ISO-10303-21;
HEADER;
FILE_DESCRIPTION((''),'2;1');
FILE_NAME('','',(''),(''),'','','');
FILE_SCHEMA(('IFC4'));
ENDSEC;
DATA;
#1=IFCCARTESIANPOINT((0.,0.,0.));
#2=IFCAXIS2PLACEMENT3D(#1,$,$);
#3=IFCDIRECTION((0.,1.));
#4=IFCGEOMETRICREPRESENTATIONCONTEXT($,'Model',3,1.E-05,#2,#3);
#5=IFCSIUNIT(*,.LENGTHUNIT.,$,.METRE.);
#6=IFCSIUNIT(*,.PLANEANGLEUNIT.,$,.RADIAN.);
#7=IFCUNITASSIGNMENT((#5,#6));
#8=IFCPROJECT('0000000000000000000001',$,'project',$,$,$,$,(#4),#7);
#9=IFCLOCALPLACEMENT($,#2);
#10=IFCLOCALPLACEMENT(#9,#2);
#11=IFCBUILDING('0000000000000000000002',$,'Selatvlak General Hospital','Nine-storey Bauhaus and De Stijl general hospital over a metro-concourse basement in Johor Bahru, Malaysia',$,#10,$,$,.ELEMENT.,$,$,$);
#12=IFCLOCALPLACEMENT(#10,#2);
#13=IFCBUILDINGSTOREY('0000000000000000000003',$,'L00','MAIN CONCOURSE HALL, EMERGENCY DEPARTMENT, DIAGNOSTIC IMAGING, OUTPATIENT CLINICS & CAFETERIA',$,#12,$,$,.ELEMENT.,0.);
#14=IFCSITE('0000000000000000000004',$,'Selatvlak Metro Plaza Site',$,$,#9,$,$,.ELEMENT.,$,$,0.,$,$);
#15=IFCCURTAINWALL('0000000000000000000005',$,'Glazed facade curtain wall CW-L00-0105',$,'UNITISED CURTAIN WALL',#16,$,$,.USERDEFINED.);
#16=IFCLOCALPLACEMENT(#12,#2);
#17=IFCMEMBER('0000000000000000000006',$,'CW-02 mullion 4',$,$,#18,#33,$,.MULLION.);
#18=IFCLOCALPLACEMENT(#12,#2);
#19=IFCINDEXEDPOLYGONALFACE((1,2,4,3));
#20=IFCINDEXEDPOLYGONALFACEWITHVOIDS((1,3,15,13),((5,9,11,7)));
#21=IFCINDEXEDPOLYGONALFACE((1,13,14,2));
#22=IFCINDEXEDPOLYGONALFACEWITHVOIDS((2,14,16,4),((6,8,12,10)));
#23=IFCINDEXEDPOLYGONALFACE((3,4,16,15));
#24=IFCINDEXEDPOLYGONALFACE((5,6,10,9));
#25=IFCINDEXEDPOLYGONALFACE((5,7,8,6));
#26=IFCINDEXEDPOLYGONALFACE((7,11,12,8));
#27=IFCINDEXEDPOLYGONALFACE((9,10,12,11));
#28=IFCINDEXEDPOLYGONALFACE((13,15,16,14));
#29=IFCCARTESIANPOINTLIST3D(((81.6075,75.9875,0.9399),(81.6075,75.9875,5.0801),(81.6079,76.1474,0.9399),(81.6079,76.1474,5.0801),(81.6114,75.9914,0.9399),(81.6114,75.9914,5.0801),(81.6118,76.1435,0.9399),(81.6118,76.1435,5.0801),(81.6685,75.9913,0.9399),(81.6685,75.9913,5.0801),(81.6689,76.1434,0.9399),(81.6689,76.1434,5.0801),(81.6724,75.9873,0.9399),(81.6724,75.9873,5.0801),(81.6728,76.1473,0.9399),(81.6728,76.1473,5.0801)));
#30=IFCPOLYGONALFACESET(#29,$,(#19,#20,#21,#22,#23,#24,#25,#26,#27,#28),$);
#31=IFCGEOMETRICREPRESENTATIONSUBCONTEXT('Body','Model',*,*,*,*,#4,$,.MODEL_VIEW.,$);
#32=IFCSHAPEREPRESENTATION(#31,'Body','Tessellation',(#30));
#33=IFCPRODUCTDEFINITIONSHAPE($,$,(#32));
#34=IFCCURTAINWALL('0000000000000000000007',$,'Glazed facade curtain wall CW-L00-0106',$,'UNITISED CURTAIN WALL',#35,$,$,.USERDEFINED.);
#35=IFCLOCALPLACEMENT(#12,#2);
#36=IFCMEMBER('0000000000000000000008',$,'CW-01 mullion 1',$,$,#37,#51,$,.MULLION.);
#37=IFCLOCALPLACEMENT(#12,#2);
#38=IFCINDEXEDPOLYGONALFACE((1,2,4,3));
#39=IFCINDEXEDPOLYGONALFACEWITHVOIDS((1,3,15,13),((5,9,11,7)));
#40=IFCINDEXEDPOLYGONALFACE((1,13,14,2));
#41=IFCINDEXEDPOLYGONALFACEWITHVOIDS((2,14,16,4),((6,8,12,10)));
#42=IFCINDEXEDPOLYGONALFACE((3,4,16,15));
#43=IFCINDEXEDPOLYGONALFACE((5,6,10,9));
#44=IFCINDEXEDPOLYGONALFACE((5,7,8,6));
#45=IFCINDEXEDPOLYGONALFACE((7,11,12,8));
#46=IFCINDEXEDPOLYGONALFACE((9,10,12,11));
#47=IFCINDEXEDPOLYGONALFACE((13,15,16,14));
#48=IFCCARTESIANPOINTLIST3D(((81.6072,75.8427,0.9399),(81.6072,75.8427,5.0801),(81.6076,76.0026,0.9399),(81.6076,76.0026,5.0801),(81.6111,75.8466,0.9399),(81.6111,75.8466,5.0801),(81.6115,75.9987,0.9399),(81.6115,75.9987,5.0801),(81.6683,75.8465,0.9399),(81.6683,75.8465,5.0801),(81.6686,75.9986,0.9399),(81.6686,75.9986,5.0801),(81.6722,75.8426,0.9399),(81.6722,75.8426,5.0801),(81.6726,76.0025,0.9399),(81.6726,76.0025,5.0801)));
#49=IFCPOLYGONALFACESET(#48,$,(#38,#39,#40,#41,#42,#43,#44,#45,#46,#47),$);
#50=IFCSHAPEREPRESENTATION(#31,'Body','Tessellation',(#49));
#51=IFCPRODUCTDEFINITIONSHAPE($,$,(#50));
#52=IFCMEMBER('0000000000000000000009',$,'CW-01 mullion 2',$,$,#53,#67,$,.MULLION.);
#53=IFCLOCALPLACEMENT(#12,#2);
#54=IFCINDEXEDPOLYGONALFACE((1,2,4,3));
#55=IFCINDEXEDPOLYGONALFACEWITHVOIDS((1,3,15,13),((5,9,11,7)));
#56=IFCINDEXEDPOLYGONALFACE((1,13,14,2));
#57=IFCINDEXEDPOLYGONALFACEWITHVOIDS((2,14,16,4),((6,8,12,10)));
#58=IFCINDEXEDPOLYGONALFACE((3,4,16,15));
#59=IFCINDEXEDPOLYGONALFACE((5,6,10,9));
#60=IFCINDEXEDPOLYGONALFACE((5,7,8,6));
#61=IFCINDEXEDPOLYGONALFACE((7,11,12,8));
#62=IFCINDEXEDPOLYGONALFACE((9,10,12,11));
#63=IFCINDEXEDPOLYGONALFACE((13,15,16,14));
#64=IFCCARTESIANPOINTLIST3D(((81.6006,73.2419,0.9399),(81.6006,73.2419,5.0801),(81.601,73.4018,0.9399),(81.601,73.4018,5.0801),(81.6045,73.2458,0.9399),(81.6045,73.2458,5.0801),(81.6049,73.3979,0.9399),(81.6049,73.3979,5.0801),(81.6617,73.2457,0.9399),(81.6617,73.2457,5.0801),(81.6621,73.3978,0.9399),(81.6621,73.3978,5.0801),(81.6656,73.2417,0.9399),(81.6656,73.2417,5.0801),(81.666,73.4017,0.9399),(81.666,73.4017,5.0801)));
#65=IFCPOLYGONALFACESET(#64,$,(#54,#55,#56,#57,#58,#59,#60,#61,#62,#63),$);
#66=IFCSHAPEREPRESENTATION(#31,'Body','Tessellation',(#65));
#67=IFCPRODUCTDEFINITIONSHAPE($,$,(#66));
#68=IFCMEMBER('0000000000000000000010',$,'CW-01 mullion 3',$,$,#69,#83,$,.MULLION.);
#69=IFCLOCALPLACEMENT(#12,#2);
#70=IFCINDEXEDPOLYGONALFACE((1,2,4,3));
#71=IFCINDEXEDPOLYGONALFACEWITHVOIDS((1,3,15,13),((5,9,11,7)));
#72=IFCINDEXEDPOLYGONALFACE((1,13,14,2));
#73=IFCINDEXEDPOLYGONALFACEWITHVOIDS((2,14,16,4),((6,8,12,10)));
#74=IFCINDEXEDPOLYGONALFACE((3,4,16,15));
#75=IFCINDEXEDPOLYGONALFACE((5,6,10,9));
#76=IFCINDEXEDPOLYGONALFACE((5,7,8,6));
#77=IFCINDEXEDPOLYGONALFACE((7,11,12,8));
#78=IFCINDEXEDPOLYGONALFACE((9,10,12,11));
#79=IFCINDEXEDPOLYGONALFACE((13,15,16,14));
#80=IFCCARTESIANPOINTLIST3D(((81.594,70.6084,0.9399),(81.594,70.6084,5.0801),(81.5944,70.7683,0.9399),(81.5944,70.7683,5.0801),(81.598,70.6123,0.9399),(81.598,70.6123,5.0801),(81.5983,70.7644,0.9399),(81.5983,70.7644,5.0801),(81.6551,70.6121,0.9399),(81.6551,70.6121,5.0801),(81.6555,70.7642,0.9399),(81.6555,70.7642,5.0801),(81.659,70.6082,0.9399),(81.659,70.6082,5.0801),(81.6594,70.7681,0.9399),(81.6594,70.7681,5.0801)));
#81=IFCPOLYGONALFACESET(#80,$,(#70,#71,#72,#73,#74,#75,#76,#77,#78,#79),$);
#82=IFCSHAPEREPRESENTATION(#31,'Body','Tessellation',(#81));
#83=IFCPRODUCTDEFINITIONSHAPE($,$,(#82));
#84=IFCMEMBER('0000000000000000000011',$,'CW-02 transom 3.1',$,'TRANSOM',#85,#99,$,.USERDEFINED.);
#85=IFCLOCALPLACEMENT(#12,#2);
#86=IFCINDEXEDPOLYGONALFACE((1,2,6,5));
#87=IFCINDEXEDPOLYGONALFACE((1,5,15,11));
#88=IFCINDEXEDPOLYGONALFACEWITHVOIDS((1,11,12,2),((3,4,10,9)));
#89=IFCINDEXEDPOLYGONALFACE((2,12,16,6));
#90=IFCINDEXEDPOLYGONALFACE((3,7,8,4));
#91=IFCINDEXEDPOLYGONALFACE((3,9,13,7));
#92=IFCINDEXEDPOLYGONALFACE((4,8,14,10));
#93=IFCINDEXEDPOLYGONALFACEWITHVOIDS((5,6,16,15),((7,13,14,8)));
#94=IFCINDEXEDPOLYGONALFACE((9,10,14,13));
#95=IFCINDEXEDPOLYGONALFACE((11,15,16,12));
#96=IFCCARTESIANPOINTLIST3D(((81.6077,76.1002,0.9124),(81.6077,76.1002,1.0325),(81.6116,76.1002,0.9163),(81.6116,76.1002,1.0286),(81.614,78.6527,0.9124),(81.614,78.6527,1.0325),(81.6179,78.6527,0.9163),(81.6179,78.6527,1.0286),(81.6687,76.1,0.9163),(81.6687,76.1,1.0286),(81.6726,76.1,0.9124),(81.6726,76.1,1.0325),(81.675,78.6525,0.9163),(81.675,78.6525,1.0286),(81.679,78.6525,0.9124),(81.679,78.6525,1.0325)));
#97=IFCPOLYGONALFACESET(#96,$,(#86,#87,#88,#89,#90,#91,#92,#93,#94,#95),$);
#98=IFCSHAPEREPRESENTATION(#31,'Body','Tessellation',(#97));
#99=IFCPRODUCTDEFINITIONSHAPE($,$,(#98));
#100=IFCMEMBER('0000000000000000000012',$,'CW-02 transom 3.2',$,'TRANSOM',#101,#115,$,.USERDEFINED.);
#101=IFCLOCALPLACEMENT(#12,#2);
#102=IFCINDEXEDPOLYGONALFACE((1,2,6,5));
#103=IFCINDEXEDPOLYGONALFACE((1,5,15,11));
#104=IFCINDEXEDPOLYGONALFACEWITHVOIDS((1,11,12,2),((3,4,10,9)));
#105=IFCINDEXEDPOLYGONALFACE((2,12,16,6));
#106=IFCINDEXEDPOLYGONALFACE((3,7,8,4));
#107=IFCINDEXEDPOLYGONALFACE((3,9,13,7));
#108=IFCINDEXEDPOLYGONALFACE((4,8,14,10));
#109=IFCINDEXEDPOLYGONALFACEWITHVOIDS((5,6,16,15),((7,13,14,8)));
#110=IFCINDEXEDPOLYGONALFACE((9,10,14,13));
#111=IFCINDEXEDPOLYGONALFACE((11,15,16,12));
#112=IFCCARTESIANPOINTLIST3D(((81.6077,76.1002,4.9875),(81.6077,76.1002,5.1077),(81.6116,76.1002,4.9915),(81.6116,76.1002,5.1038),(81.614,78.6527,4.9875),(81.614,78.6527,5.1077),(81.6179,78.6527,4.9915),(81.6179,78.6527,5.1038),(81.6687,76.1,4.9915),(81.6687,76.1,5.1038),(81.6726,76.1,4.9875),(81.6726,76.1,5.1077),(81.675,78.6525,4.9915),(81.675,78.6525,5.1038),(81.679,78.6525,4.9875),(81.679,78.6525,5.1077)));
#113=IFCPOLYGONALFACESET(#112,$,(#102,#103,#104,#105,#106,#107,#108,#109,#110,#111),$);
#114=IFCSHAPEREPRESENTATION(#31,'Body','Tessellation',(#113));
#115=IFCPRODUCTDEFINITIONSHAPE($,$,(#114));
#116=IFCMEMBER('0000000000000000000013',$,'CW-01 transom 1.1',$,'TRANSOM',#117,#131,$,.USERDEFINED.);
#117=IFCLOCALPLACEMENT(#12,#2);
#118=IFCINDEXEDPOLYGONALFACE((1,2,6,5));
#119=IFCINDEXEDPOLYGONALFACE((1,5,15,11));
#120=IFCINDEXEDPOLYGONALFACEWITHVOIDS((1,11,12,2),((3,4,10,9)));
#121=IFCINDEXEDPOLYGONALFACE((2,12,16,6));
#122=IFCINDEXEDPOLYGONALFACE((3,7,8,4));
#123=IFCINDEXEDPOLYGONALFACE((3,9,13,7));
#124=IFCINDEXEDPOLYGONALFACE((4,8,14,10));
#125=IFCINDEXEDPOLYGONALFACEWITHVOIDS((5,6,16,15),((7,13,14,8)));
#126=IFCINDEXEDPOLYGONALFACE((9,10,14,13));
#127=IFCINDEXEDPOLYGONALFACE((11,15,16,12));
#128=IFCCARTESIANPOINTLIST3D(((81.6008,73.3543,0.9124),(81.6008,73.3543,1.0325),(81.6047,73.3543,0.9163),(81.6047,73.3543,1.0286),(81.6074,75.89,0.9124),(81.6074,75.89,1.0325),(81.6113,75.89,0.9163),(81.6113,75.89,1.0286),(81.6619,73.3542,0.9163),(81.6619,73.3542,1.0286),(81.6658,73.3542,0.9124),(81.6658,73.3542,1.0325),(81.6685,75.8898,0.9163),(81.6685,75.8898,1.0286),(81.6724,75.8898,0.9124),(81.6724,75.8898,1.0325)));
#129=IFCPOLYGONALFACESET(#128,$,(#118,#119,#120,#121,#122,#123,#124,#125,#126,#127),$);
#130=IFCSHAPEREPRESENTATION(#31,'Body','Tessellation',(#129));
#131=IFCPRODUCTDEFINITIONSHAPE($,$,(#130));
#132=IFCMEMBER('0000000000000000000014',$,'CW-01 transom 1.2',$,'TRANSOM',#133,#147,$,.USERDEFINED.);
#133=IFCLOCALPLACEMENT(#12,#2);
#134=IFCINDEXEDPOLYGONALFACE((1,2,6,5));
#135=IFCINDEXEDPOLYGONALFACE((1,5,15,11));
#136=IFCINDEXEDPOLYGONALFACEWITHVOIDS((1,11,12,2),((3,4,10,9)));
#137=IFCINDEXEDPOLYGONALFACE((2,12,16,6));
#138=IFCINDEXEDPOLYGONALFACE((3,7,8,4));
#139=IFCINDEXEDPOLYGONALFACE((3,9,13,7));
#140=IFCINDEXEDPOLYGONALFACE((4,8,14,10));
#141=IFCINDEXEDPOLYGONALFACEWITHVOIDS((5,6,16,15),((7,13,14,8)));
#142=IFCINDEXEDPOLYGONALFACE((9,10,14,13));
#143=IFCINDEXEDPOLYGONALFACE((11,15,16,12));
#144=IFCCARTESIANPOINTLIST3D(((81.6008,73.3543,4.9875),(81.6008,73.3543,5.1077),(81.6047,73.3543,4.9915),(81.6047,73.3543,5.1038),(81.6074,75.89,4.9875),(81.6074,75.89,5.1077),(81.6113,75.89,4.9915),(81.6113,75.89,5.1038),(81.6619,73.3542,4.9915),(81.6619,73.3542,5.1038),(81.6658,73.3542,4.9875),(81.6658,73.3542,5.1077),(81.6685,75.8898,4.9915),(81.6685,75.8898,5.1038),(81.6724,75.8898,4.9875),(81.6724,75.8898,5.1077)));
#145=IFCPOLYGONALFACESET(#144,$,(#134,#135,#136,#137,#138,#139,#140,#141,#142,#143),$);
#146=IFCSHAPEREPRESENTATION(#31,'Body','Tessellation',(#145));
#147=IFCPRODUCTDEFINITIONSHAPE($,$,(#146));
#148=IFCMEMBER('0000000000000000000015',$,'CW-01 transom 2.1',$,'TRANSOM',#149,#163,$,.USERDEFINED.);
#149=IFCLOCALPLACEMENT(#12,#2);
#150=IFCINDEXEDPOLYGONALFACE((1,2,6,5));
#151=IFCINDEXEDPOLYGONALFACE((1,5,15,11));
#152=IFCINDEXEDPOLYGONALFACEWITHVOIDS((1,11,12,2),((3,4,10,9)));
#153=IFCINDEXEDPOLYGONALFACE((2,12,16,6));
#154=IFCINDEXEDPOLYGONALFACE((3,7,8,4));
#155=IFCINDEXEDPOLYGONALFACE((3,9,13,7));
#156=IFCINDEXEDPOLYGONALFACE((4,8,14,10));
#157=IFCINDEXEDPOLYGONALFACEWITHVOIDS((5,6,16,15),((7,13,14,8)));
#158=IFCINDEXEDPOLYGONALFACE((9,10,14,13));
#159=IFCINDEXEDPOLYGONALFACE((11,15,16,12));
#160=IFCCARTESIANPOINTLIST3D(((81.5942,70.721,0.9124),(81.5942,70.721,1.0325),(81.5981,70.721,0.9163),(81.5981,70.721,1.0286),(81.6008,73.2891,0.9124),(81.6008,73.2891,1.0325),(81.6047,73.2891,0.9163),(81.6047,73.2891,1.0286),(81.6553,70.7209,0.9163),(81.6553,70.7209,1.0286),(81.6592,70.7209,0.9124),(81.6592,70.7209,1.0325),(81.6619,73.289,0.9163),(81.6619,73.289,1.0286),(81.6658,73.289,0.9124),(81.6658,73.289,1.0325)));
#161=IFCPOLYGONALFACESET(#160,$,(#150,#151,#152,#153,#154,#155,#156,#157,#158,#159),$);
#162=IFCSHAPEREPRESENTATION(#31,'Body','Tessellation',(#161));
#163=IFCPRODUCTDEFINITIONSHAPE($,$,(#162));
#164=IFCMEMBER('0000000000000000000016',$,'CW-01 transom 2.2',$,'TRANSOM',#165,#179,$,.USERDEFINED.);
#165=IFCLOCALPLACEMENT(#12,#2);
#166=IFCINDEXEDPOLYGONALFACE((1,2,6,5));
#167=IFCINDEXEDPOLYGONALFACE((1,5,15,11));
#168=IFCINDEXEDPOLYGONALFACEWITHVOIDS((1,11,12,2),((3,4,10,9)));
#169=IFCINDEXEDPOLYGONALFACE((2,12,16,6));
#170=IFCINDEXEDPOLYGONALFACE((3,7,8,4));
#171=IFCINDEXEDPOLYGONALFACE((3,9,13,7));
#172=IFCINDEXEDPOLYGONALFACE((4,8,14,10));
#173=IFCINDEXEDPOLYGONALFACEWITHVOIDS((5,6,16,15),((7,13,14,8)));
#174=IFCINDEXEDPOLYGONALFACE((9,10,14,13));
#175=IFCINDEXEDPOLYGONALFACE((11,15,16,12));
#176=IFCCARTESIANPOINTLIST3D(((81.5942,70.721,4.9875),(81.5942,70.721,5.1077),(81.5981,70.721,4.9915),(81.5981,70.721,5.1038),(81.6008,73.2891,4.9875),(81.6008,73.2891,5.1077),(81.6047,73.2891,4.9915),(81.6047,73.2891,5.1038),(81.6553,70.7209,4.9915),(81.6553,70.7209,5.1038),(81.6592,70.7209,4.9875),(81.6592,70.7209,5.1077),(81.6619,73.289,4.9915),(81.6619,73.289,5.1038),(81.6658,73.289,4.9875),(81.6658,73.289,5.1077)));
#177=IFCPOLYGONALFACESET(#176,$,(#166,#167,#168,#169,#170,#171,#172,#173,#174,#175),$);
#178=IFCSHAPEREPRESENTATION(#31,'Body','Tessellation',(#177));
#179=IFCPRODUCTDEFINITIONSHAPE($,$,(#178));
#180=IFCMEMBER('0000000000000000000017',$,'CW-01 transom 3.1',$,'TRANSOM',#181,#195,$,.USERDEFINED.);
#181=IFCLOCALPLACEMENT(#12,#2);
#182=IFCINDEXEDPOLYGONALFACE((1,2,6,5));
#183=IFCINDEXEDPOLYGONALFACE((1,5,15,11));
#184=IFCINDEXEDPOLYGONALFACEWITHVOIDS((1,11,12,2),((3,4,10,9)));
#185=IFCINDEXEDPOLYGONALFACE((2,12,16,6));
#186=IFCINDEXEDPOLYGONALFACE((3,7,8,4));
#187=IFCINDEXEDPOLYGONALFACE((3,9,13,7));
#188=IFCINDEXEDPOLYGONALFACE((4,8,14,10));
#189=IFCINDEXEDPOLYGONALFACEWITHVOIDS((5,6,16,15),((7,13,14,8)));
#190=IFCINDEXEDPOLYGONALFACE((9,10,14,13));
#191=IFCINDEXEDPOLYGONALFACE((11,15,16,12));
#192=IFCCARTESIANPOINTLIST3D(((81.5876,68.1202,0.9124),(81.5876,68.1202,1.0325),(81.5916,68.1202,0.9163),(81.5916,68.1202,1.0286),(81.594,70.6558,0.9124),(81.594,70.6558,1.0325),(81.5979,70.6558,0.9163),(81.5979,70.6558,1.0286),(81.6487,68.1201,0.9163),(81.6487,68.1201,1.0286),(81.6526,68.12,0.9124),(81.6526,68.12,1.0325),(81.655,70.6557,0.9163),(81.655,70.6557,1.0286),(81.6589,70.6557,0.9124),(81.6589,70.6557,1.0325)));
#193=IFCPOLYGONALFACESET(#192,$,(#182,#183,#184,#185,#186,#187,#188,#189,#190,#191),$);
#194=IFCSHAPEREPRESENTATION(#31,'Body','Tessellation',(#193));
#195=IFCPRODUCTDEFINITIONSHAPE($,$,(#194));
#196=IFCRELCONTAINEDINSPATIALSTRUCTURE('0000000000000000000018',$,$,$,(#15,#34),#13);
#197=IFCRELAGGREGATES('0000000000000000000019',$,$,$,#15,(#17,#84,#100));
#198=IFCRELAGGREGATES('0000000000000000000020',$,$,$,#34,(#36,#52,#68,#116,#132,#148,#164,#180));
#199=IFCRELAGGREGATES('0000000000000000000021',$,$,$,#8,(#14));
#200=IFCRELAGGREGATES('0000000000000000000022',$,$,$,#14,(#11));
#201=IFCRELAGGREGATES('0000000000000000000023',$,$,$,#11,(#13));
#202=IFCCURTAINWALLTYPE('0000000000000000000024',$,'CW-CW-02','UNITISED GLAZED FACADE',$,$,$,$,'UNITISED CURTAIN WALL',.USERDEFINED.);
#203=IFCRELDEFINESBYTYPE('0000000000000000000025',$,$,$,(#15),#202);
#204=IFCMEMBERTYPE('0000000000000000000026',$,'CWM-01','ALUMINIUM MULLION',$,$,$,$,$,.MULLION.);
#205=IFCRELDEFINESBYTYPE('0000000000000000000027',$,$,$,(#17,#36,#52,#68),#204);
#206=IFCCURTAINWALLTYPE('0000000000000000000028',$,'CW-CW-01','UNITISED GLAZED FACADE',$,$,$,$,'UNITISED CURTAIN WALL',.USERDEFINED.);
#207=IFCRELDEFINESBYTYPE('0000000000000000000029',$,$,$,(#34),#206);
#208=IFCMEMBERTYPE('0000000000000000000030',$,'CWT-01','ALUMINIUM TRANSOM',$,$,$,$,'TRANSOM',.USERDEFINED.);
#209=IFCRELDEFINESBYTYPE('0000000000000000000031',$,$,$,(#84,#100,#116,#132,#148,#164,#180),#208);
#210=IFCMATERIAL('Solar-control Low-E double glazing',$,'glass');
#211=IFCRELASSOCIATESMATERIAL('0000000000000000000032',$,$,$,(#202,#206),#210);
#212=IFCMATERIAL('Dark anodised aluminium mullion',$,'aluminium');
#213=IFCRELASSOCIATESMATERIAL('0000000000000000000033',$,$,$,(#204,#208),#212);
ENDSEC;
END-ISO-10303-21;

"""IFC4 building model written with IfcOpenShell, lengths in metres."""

from ifc_helpers import new_model, si_unit, direction, frame, origin, origin_2d, place, context, subcontext, project, spatial, hollow_rectangle, extrude, material, material_profile, profile_set, type_object, element, aggregate, save


model = new_model("IFC4")

# Units and contexts
model_context = context("Model", 3, precision=1e-05, world=origin(), true_north=direction((0.0, 1.0)))
body_context = subcontext(model_context, "Body", "Model", "MODEL_VIEW")
ifc_project = project(units=[si_unit("LENGTHUNIT", "METRE"), si_unit("PLANEANGLEUNIT", "RADIAN")], contexts=[model_context])

# Site, building, storey
site_placement = place(None, origin())
site = spatial("IfcSite", under=ifc_project, at=site_placement, Name="Selatvlak Metro Plaza Site", CompositionType="ELEMENT", RefElevation=0.0)
building_placement = place(site_placement, origin())
building = spatial("IfcBuilding", under=site, at=building_placement, Name="Selatvlak General Hospital", Description="Nine-storey Bauhaus and De Stijl general hospital over a metro-concourse basement in Johor Bahru, Malaysia", CompositionType="ELEMENT")
storey_placement = place(building_placement, origin())
storey = spatial("IfcBuildingStorey", under=building, at=storey_placement, Name="L00", Description="MAIN CONCOURSE HALL, EMERGENCY DEPARTMENT, DIAGNOSTIC IMAGING, OUTPATIENT CLINICS & CAFETERIA", CompositionType="ELEMENT", Elevation=0.0)

# Curtain wall, member
ifc_material_1 = material(Name="Solar-control Low-E double glazing", Category="glass")
curtain_wall_type_1 = type_object("IfcCurtainWallType", Name="CW-CW-02", Description="UNITISED GLAZED FACADE", ElementType="UNITISED CURTAIN WALL", PredefinedType="USERDEFINED", material=ifc_material_1)
curtain_wall_1_placement = place(storey_placement, origin())
curtain_wall_1 = element("IfcCurtainWall", 1, at=curtain_wall_1_placement, inside=storey, type_object=curtain_wall_type_1, Name="Glazed facade curtain wall CW-L00-0105", ObjectType="UNITISED CURTAIN WALL", PredefinedType="USERDEFINED")
ifc_material_2 = material(Name="Dark anodised aluminium mullion", Category="aluminium")
ifc_material_profile_1 = material_profile(ifc_material_2, hollow_rectangle(XDim=0.0649, YDim=0.1599, WallThickness=0.0039, at=origin_2d()), Name="AL-MUL 65x160x4")
ifc_profile_set_1 = profile_set([ifc_material_profile_1], Name="Dark anodised aluminium mullion")
member_type_1 = type_object("IfcMemberType", Name="CWM-01", Description="ALUMINIUM MULLION", PredefinedType="MULLION", material=ifc_profile_set_1)
member_1_placement = place(storey_placement, frame((81.6401, 76.0674, 0.9399), z_axis=(0.0, 0.0, 1.0), x_axis=(0.999997, -0.002516, 0.0)))
member_1 = element("IfcMember", 2, at=member_1_placement, type_object=member_type_1, Name="CW-02 mullion 4", PredefinedType="MULLION", context=body_context, shape_type="SweptSolid", body=[
    extrude(hollow_rectangle(XDim=0.0649, YDim=0.1599, WallThickness=0.0039, at=origin_2d()), origin(), (0.0, 0.0, 1.0), 4.1401),
])

# Curtain wall, members
curtain_wall_type_2 = type_object("IfcCurtainWallType", Name="CW-CW-01", Description="UNITISED GLAZED FACADE", ElementType="UNITISED CURTAIN WALL", PredefinedType="USERDEFINED", material=ifc_material_1)
curtain_wall_2_placement = place(storey_placement, origin())
curtain_wall_2 = element("IfcCurtainWall", 3, at=curtain_wall_2_placement, inside=storey, type_object=curtain_wall_type_2, Name="Glazed facade curtain wall CW-L00-0106", ObjectType="UNITISED CURTAIN WALL", PredefinedType="USERDEFINED")
member_2_placement = place(storey_placement, frame((81.6399, 75.9226, 0.9399), z_axis=(0.0, 0.0, 1.0), x_axis=(0.999997, -0.002532, 0.0)))
member_2 = element("IfcMember", 4, at=member_2_placement, type_object=member_type_1, Name="CW-01 mullion 1", PredefinedType="MULLION", context=body_context, shape_type="SweptSolid", body=[
    extrude(hollow_rectangle(XDim=0.0649, YDim=0.1599, WallThickness=0.0039, at=origin_2d()), origin(), (0.0, 0.0, 1.0), 4.1401),
])
member_3_placement = place(storey_placement, frame((81.6333, 73.3218, 0.9399), z_axis=(0.0, 0.0, 1.0), x_axis=(0.999997, -0.002532, 0.0)))
member_3 = element("IfcMember", 5, at=member_3_placement, type_object=member_type_1, Name="CW-01 mullion 2", PredefinedType="MULLION", context=body_context, shape_type="SweptSolid", body=[
    extrude(hollow_rectangle(XDim=0.0649, YDim=0.1599, WallThickness=0.0039, at=origin_2d()), origin(), (0.0, 0.0, 1.0), 4.1401),
])
member_4_placement = place(storey_placement, frame((81.6267, 70.6882, 0.9399), z_axis=(0.0, 0.0, 1.0), x_axis=(0.999997, -0.002532, 0.0)))
member_4 = element("IfcMember", 6, at=member_4_placement, type_object=member_type_1, Name="CW-01 mullion 3", PredefinedType="MULLION", context=body_context, shape_type="SweptSolid", body=[
    extrude(hollow_rectangle(XDim=0.0649, YDim=0.1599, WallThickness=0.0039, at=origin_2d()), origin(), (0.0, 0.0, 1.0), 4.1401),
])

# Members
ifc_material_profile_2 = material_profile(ifc_material_2, hollow_rectangle(XDim=0.0649, YDim=0.1201, WallThickness=0.0039, at=origin_2d()), Name="AL-TRN 65x120x4")
ifc_profile_set_2 = profile_set([ifc_material_profile_2], Name="Dark anodised aluminium mullion")
member_type_2 = type_object("IfcMemberType", Name="CWT-01", Description="ALUMINIUM TRANSOM", ElementType="TRANSOM", PredefinedType="USERDEFINED", material=ifc_profile_set_2)
member_5_placement = place(storey_placement, frame((81.6465, 78.6526, 0.9724), z_axis=(-0.002487, -0.999997, 0.0), x_axis=(0.999997, -0.002487, 0.0)))
member_5 = element("IfcMember", 7, at=member_5_placement, type_object=member_type_2, Name="CW-02 transom 3.1", ObjectType="TRANSOM", PredefinedType="USERDEFINED", context=body_context, shape_type="SweptSolid", body=[
    extrude(hollow_rectangle(XDim=0.0649, YDim=0.1201, WallThickness=0.0039, at=origin_2d()), origin(), (0.0, 0.0, 1.0), 2.5525),
])
member_6_placement = place(storey_placement, frame((81.6465, 78.6526, 5.0476), z_axis=(-0.002487, -0.999997, 0.0), x_axis=(0.999997, -0.002487, 0.0)))
member_6 = element("IfcMember", 8, at=member_6_placement, type_object=member_type_2, Name="CW-02 transom 3.2", ObjectType="TRANSOM", PredefinedType="USERDEFINED", context=body_context, shape_type="SweptSolid", body=[
    extrude(hollow_rectangle(XDim=0.0649, YDim=0.1201, WallThickness=0.0039, at=origin_2d()), origin(), (0.0, 0.0, 1.0), 2.5525),
])
member_7_placement = place(storey_placement, frame((81.6399, 75.8899, 0.9724), z_axis=(-0.0026, -0.999997, 0.0), x_axis=(0.999997, -0.0026, 0.0)))
member_7 = element("IfcMember", 9, at=member_7_placement, type_object=member_type_2, Name="CW-01 transom 1.1", ObjectType="TRANSOM", PredefinedType="USERDEFINED", context=body_context, shape_type="SweptSolid", body=[
    extrude(hollow_rectangle(XDim=0.0649, YDim=0.1201, WallThickness=0.0039, at=origin_2d()), origin(), (0.0, 0.0, 1.0), 2.5356),
])
member_8_placement = place(storey_placement, frame((81.6399, 75.8899, 5.0476), z_axis=(-0.0026, -0.999997, 0.0), x_axis=(0.999997, -0.0026, 0.0)))
member_8 = element("IfcMember", 10, at=member_8_placement, type_object=member_type_2, Name="CW-01 transom 1.2", ObjectType="TRANSOM", PredefinedType="USERDEFINED", context=body_context, shape_type="SweptSolid", body=[
    extrude(hollow_rectangle(XDim=0.0649, YDim=0.1201, WallThickness=0.0039, at=origin_2d()), origin(), (0.0, 0.0, 1.0), 2.5356),
])
member_9_placement = place(storey_placement, frame((81.6333, 73.2891, 0.9724), z_axis=(-0.002567, -0.999997, 0.0), x_axis=(0.999997, -0.002567, 0.0)))
member_9 = element("IfcMember", 11, at=member_9_placement, type_object=member_type_2, Name="CW-01 transom 2.1", ObjectType="TRANSOM", PredefinedType="USERDEFINED", context=body_context, shape_type="SweptSolid", body=[
    extrude(hollow_rectangle(XDim=0.0649, YDim=0.1201, WallThickness=0.0039, at=origin_2d()), origin(), (0.0, 0.0, 1.0), 2.5681),
])
member_10_placement = place(storey_placement, frame((81.6333, 73.2891, 5.0476), z_axis=(-0.002567, -0.999997, 0.0), x_axis=(0.999997, -0.002567, 0.0)))
member_10 = element("IfcMember", 12, at=member_10_placement, type_object=member_type_2, Name="CW-01 transom 2.2", ObjectType="TRANSOM", PredefinedType="USERDEFINED", context=body_context, shape_type="SweptSolid", body=[
    extrude(hollow_rectangle(XDim=0.0649, YDim=0.1201, WallThickness=0.0039, at=origin_2d()), origin(), (0.0, 0.0, 1.0), 2.5681),
])
member_11_placement = place(storey_placement, frame((81.6265, 70.6558, 0.9724), z_axis=(-0.002503, -0.999997, 0.0), x_axis=(0.999997, -0.002503, 0.0)))
member_11 = element("IfcMember", 13, at=member_11_placement, type_object=member_type_2, Name="CW-01 transom 3.1", ObjectType="TRANSOM", PredefinedType="USERDEFINED", context=body_context, shape_type="SweptSolid", body=[
    extrude(hollow_rectangle(XDim=0.0649, YDim=0.1201, WallThickness=0.0039, at=origin_2d()), origin(), (0.0, 0.0, 1.0), 2.5356),
])

aggregate(curtain_wall_1, [member_1, member_5, member_6])
aggregate(curtain_wall_2, [member_2, member_3, member_4, member_7, member_8, member_9, member_10, member_11])

save(model, "model.ifc")
